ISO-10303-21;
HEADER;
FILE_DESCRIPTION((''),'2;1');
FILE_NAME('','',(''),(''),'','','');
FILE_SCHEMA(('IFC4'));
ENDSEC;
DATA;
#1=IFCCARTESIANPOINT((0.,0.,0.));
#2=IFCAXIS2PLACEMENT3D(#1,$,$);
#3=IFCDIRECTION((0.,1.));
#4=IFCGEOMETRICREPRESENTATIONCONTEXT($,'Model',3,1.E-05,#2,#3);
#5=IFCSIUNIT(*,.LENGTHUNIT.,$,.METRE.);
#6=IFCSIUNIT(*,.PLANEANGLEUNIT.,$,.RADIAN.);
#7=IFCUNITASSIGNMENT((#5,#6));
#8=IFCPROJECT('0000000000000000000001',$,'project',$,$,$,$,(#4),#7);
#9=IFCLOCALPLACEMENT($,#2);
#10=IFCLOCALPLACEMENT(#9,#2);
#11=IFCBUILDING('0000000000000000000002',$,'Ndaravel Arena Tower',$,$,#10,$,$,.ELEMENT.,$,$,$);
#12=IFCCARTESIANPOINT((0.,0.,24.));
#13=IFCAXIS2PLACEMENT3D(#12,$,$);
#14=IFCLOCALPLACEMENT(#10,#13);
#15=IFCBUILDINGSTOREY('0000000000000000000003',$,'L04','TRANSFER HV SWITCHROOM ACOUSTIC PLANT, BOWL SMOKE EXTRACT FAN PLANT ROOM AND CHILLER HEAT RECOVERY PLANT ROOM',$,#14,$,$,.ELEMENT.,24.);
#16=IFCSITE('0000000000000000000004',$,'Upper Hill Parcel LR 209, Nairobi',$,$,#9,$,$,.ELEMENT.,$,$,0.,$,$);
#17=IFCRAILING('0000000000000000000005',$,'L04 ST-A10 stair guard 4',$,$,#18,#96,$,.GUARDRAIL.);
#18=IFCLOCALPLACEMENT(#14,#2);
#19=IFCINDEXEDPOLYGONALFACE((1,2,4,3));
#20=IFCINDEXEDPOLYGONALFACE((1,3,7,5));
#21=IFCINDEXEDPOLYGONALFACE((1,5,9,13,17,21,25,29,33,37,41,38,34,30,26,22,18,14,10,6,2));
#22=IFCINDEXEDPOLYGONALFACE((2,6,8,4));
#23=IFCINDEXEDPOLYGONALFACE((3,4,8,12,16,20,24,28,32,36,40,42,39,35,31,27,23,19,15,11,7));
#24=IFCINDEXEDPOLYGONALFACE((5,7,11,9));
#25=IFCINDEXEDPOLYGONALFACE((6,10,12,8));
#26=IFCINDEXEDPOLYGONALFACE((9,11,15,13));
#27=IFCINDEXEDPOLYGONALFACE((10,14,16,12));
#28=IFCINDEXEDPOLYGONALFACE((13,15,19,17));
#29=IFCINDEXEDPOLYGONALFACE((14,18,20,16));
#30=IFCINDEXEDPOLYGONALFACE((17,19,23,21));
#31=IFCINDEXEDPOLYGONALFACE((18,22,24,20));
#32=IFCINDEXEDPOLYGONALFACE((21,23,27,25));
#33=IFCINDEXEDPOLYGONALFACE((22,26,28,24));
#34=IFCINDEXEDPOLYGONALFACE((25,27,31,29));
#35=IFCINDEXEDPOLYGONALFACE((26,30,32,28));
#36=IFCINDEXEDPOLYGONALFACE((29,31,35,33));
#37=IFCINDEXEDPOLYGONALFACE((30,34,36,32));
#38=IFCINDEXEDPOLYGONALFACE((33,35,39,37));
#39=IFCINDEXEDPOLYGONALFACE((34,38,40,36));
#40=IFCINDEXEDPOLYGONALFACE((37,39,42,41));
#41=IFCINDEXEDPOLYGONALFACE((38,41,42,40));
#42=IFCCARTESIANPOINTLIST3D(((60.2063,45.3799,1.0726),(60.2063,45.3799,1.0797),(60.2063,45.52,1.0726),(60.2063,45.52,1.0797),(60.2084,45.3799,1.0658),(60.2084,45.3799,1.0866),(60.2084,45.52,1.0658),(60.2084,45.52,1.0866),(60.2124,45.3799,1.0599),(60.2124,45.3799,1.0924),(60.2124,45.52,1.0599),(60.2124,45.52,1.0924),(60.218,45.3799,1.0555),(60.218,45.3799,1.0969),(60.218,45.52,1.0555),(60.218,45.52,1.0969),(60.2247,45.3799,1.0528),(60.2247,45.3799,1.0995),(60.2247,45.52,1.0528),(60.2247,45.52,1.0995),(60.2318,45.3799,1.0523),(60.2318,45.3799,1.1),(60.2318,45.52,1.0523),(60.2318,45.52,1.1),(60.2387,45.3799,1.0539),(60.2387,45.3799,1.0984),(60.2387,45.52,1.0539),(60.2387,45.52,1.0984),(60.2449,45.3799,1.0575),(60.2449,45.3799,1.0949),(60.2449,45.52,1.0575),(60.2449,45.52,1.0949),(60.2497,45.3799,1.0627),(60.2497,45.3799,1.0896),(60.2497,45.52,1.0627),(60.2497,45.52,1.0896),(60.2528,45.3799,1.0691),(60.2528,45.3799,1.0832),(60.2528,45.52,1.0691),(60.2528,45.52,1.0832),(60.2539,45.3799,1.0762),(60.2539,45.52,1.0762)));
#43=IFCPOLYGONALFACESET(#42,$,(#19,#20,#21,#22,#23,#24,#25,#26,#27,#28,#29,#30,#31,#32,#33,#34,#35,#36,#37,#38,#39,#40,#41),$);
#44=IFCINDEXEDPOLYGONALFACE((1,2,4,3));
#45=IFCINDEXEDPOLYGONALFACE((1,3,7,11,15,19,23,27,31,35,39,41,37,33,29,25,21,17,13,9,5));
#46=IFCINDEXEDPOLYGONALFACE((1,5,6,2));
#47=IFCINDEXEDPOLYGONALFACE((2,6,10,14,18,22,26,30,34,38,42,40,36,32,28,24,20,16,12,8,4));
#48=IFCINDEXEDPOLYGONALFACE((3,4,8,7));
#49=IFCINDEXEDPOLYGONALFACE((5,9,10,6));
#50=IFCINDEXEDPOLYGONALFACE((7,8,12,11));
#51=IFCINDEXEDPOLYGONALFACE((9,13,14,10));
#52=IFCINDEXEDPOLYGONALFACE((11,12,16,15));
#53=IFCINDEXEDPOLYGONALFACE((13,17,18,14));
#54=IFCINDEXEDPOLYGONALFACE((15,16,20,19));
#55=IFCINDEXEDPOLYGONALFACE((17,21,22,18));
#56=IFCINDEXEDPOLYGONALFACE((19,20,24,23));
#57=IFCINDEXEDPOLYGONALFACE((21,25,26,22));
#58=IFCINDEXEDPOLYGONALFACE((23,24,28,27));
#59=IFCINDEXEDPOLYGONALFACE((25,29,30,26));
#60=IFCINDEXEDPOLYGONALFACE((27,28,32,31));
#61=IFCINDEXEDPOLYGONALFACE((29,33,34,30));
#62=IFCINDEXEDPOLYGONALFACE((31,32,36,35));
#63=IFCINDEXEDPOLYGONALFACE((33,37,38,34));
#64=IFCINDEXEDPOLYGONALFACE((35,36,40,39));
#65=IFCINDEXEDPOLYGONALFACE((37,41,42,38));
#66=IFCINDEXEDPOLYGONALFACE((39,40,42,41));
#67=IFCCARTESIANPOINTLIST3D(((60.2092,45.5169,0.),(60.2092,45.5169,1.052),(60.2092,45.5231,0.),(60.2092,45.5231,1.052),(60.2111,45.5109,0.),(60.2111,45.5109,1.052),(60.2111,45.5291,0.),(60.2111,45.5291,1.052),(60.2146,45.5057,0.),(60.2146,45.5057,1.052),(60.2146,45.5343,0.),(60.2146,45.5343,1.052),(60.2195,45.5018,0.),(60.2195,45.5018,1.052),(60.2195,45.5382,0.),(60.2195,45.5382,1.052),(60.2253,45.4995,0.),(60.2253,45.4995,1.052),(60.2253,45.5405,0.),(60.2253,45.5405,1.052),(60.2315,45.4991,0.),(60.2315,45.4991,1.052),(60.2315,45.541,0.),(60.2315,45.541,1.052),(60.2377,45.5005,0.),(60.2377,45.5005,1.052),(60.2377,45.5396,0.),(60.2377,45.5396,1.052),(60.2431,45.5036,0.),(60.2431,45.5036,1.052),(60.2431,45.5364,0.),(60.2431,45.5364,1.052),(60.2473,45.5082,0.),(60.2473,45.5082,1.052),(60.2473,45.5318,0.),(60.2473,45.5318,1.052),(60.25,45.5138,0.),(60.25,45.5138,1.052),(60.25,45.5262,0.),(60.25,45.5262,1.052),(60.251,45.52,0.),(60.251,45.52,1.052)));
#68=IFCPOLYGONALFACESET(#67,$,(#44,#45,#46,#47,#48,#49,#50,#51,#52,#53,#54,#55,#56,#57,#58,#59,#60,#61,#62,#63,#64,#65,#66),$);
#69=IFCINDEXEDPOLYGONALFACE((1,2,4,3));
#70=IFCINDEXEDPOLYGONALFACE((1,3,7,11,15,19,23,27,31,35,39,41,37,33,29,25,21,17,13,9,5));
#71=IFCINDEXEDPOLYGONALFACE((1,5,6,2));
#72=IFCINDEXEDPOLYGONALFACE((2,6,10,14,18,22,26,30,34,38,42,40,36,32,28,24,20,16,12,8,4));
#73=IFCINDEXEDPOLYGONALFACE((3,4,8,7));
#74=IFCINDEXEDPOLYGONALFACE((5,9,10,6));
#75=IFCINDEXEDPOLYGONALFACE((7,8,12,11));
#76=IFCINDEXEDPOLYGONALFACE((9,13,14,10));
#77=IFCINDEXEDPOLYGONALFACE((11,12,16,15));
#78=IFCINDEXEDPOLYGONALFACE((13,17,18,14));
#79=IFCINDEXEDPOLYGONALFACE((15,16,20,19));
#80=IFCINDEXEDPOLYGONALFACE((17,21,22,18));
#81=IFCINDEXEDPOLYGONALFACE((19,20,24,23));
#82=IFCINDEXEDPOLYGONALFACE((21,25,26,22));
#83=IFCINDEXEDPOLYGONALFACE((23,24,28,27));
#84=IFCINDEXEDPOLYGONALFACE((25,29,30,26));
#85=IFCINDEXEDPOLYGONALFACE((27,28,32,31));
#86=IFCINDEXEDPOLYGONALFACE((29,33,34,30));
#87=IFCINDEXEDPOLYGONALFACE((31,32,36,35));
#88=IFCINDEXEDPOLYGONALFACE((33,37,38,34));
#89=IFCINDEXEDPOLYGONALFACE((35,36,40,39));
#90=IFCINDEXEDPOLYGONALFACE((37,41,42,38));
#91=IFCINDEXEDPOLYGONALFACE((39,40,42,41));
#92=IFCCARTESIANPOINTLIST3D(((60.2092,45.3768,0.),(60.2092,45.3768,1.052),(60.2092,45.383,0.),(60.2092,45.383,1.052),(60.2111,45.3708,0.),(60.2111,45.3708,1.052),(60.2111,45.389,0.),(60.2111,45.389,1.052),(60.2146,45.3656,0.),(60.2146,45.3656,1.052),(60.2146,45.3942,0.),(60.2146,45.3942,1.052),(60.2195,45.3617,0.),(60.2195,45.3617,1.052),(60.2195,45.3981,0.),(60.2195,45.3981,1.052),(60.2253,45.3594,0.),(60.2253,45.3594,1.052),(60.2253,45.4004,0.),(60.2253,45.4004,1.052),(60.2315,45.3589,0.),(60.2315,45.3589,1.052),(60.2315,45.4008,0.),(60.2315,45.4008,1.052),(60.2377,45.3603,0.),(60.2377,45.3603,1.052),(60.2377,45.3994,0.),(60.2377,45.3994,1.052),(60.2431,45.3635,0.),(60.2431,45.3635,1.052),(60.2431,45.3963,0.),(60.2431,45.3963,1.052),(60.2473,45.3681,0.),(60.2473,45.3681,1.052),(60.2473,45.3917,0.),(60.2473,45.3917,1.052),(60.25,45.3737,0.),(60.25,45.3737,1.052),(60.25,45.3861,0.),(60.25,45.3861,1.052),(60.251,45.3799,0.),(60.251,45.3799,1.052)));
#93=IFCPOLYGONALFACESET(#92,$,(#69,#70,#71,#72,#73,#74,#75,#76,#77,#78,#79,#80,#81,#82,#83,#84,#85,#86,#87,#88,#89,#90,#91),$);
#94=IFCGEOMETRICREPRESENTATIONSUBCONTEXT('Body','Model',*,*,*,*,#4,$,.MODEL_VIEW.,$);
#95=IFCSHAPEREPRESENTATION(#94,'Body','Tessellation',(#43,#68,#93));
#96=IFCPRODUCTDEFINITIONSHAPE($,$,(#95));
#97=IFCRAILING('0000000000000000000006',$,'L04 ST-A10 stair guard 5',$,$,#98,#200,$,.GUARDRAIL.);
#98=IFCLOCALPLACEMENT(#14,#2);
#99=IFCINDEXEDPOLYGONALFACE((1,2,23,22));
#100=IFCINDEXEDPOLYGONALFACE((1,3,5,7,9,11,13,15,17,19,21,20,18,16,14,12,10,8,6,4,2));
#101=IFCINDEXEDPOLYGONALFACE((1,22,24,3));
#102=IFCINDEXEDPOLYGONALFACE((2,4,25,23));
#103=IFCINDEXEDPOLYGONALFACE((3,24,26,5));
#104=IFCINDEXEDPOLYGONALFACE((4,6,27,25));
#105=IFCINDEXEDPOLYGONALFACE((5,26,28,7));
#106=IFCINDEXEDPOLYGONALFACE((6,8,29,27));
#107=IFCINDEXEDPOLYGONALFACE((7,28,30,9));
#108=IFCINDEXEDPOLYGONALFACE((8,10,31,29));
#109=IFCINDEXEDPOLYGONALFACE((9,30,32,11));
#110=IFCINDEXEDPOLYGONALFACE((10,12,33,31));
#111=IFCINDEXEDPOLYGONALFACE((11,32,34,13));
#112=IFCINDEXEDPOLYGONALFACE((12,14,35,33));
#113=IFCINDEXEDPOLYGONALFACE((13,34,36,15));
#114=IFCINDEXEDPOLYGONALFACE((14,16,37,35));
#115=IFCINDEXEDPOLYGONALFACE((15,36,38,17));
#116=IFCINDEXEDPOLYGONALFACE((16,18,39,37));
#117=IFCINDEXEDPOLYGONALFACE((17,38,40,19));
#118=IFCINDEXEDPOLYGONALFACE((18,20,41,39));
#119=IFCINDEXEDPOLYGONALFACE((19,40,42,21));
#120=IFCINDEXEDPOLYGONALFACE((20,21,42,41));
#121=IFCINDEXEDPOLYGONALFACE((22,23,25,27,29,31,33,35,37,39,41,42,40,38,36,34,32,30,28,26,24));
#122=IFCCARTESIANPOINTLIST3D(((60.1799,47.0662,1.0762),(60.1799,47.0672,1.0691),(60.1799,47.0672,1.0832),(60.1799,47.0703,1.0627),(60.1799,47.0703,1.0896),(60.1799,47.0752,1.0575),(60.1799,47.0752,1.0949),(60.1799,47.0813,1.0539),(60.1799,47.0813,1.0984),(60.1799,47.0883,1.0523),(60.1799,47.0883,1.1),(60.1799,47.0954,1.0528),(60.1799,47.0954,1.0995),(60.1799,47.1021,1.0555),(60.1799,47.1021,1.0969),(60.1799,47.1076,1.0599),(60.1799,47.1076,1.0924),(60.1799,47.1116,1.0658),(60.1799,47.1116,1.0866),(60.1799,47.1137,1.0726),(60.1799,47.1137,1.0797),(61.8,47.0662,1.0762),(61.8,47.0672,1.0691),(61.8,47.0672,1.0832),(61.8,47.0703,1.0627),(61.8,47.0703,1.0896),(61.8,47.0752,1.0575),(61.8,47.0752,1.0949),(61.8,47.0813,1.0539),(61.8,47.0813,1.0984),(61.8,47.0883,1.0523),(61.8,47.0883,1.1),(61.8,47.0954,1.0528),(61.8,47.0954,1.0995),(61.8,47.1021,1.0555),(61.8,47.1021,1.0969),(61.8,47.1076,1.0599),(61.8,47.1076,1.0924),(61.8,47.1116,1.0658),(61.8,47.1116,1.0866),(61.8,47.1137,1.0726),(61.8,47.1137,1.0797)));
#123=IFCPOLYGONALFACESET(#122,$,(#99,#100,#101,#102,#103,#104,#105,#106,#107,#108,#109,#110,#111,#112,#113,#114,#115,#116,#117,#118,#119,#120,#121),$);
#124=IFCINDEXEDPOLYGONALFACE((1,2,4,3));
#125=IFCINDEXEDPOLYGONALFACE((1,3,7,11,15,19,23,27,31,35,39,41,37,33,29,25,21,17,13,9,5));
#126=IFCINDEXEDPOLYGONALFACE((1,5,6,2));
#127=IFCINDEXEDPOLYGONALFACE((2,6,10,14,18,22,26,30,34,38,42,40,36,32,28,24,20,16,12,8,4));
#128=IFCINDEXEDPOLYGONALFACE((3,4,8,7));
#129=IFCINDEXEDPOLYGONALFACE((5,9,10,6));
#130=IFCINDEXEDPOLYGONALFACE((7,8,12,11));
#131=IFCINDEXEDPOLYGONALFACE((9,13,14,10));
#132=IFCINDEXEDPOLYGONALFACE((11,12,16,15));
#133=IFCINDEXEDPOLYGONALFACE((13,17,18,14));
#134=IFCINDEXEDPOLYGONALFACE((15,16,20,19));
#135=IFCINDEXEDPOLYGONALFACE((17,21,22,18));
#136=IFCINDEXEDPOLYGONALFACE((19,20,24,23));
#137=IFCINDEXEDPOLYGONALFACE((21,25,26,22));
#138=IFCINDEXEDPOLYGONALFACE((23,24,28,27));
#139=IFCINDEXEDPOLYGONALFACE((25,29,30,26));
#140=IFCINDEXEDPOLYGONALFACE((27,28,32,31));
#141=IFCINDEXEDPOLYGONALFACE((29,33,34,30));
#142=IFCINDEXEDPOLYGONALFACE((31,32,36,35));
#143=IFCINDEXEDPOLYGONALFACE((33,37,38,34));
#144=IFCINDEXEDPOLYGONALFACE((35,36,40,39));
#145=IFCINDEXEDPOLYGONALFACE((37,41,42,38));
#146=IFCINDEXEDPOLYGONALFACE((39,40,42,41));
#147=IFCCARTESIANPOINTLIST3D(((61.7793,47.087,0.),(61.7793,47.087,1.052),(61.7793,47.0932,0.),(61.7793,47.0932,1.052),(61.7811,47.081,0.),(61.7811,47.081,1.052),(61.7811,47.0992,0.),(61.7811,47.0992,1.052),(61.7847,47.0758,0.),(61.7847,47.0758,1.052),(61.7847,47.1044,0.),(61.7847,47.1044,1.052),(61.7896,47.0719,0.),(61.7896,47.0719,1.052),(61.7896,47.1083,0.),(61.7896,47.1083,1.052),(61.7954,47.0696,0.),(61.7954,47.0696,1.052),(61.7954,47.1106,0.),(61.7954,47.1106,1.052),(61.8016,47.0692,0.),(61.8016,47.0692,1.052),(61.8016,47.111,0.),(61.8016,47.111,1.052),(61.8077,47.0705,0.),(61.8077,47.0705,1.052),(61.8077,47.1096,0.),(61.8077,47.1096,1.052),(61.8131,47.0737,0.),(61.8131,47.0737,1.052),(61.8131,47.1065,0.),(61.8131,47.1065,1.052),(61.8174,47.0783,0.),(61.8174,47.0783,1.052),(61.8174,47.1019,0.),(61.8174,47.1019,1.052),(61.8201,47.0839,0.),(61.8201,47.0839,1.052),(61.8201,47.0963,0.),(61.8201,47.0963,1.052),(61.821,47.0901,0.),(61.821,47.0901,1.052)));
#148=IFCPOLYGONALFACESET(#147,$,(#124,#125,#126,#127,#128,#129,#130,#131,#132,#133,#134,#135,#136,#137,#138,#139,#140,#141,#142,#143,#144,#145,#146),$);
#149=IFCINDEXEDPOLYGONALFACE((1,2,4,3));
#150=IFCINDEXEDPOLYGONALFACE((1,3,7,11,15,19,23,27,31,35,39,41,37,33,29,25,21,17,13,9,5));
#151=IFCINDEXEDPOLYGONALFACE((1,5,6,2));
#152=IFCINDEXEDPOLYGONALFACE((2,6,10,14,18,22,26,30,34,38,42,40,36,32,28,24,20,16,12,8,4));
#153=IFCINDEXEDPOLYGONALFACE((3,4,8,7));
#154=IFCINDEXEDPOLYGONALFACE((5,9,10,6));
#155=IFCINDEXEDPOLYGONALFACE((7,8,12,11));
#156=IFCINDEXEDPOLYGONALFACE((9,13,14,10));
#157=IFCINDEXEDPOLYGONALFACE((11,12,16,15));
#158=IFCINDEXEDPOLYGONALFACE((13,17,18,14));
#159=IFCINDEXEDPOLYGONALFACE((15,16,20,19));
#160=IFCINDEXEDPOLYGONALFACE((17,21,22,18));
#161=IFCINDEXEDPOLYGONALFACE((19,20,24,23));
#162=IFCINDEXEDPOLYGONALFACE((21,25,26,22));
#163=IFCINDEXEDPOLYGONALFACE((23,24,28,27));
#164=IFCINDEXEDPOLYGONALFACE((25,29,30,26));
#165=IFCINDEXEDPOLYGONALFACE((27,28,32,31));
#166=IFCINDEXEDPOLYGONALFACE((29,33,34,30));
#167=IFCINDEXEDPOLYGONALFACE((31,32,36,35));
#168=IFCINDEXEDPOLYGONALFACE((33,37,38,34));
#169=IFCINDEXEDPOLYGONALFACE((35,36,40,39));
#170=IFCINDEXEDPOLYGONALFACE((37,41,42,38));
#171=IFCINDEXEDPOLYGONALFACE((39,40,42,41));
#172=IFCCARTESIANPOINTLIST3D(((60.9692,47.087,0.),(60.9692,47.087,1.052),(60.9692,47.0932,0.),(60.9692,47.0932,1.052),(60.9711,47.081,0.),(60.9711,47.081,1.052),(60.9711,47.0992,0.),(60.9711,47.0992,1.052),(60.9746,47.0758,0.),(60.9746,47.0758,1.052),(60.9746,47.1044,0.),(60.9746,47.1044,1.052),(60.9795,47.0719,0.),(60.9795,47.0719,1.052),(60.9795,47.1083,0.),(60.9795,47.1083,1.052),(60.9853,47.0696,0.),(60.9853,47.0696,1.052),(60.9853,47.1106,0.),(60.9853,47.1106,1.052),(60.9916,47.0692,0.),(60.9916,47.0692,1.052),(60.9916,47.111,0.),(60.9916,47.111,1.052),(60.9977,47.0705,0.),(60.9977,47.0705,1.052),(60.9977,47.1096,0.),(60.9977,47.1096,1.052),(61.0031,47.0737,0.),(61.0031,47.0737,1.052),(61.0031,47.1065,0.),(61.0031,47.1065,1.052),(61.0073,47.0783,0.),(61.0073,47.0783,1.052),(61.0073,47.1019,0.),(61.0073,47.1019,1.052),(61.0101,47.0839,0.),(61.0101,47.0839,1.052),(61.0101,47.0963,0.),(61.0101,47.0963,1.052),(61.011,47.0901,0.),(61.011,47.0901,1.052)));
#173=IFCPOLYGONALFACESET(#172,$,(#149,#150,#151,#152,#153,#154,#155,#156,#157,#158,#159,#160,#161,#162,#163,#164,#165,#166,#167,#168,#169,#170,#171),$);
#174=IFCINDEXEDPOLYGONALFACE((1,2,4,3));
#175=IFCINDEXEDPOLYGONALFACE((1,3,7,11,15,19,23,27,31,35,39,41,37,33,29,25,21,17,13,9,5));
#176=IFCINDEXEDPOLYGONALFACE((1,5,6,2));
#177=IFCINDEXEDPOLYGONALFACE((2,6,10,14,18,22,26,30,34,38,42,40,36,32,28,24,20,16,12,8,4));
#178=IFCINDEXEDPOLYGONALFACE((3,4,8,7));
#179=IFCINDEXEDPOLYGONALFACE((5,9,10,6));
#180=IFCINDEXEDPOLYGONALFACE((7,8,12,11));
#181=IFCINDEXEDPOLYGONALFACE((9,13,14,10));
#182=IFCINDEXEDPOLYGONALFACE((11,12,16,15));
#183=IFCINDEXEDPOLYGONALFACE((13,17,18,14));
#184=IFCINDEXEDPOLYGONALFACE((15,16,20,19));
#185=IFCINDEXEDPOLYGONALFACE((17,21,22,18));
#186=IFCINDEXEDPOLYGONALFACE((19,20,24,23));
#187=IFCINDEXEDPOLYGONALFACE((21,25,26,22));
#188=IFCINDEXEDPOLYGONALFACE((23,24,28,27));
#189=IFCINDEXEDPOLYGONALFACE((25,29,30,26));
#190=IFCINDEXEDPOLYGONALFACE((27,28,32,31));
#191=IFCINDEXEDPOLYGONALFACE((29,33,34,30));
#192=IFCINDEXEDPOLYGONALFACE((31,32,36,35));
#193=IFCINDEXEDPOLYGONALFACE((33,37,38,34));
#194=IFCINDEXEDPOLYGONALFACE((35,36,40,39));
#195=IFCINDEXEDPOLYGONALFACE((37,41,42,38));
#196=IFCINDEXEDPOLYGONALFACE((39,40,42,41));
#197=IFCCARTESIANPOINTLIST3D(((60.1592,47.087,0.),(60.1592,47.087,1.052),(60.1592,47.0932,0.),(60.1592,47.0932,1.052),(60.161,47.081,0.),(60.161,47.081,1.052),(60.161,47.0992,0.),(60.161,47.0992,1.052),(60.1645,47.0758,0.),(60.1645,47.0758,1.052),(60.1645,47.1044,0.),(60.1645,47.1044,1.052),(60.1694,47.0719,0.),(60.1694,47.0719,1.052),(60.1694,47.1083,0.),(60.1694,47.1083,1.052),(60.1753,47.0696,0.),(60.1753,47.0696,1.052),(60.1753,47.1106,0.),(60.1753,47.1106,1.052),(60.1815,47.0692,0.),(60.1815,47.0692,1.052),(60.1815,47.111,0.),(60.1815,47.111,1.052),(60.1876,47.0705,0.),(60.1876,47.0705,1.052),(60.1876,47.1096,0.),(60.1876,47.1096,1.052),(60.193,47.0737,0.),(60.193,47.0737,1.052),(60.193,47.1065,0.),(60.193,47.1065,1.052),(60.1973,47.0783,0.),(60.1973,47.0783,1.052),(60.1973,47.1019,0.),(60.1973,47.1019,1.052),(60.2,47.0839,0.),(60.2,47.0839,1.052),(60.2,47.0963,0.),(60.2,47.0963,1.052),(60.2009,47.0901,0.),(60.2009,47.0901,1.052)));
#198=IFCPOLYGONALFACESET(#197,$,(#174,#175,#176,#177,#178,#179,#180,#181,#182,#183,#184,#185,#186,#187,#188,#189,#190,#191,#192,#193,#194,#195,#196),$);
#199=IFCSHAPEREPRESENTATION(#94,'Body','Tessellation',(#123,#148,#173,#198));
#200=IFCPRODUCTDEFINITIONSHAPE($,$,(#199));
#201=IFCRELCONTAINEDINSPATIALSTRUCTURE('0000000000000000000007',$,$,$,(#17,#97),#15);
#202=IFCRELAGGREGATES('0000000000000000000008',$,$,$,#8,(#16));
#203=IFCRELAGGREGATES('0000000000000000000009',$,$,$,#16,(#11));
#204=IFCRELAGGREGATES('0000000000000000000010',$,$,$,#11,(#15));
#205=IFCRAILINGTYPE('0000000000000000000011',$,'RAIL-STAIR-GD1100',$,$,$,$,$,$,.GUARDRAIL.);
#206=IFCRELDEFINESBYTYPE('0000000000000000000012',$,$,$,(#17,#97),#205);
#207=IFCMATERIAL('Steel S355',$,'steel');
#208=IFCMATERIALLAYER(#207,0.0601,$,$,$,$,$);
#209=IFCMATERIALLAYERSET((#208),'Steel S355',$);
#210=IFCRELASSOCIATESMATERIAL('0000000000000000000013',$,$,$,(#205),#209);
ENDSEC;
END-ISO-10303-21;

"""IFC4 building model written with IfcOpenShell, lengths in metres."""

from ifc_helpers import new_model, si_unit, direction, frame, origin, origin_2d, place, context, subcontext, project, spatial, circle, extrude, material, layer, layer_set, type_object, element, save


model = new_model("IFC4")

# Units and contexts
model_context = context("Model", 3, precision=1e-05, world=origin(), true_north=direction((0.0, 1.0)))
body_context = subcontext(model_context, "Body", "Model", "MODEL_VIEW")
ifc_project = project(units=[si_unit("LENGTHUNIT", "METRE"), si_unit("PLANEANGLEUNIT", "RADIAN")], contexts=[model_context])

# Site, building, storey
site_placement = place(None, origin())
site = spatial("IfcSite", under=ifc_project, at=site_placement, Name="Upper Hill Parcel LR 209, Nairobi", CompositionType="ELEMENT", RefElevation=0.0)
building_placement = place(site_placement, origin())
building = spatial("IfcBuilding", under=site, at=building_placement, Name="Ndaravel Arena Tower", CompositionType="ELEMENT")
storey_placement = place(building_placement, frame((0.0, 0.0, 24.0)))
storey = spatial("IfcBuildingStorey", under=building, at=storey_placement, Name="L04", Description="TRANSFER HV SWITCHROOM ACOUSTIC PLANT, BOWL SMOKE EXTRACT FAN PLANT ROOM AND CHILLER HEAT RECOVERY PLANT ROOM", CompositionType="ELEMENT", Elevation=24.0)

# Railings
ifc_material_1 = material(Name="Steel S355", Category="steel")
ifc_layer_1 = layer(ifc_material_1, 0.0601)
ifc_layer_set_1 = layer_set([ifc_layer_1], Name="Steel S355")
railing_type_1 = type_object("IfcRailingType", Name="RAIL-STAIR-GD1100", PredefinedType="GUARDRAIL", material=ifc_layer_set_1)
railing_1_placement = place(storey_placement, frame((60.23, 45.52, 0.0)))
element("IfcRailing", 1, at=railing_1_placement, inside=storey, type_object=railing_type_1, Name="L04 ST-A10 stair guard 4", PredefinedType="GUARDRAIL", context=body_context, shape_type="SweptSolid", body=[
    extrude(circle(Radius=0.0239, at=origin_2d()), frame((0.0, 0.0, 1.0762), z_axis=(0.0, -1.0, 0.0), x_axis=(1.0, 0.0, 0.0)), (0.0, 0.0, 1.0), 0.1401),
    extrude(circle(Radius=0.021, at=origin_2d()), origin(), (0.0, 0.0, 1.0), 1.052),
    extrude(circle(Radius=0.021, at=origin_2d()), frame((0.0, -0.1401, 0.0)), (0.0, 0.0, 1.0), 1.052),
])
for number, where, name in (
    (2, (61.8, 47.0901, 0.0), "L04 ST-A10 stair guard 5"),
):
    element("IfcRailing", number, at=place(storey_placement, frame(where)), inside=storey, type_object=railing_type_1, Name=name, PredefinedType="GUARDRAIL", context=body_context, shape_type="SweptSolid", body=[
        extrude(circle(Radius=0.0239, at=origin_2d()), frame((0.0, 0.0, 1.0762), z_axis=(-1.0, 0.0, 0.0), x_axis=(0.0, -1.0, 0.0)), (0.0, 0.0, 1.0), 1.6201),
        extrude(circle(Radius=0.021, at=origin_2d()), origin(), (0.0, 0.0, 1.0), 1.052),
        extrude(circle(Radius=0.021, at=origin_2d()), frame((-0.8101, 0.0, 0.0)), (0.0, 0.0, 1.0), 1.052),
        extrude(circle(Radius=0.021, at=origin_2d()), frame((-1.6201, 0.0, 0.0)), (0.0, 0.0, 1.0), 1.052),
    ])

save(model, "model.ifc")
